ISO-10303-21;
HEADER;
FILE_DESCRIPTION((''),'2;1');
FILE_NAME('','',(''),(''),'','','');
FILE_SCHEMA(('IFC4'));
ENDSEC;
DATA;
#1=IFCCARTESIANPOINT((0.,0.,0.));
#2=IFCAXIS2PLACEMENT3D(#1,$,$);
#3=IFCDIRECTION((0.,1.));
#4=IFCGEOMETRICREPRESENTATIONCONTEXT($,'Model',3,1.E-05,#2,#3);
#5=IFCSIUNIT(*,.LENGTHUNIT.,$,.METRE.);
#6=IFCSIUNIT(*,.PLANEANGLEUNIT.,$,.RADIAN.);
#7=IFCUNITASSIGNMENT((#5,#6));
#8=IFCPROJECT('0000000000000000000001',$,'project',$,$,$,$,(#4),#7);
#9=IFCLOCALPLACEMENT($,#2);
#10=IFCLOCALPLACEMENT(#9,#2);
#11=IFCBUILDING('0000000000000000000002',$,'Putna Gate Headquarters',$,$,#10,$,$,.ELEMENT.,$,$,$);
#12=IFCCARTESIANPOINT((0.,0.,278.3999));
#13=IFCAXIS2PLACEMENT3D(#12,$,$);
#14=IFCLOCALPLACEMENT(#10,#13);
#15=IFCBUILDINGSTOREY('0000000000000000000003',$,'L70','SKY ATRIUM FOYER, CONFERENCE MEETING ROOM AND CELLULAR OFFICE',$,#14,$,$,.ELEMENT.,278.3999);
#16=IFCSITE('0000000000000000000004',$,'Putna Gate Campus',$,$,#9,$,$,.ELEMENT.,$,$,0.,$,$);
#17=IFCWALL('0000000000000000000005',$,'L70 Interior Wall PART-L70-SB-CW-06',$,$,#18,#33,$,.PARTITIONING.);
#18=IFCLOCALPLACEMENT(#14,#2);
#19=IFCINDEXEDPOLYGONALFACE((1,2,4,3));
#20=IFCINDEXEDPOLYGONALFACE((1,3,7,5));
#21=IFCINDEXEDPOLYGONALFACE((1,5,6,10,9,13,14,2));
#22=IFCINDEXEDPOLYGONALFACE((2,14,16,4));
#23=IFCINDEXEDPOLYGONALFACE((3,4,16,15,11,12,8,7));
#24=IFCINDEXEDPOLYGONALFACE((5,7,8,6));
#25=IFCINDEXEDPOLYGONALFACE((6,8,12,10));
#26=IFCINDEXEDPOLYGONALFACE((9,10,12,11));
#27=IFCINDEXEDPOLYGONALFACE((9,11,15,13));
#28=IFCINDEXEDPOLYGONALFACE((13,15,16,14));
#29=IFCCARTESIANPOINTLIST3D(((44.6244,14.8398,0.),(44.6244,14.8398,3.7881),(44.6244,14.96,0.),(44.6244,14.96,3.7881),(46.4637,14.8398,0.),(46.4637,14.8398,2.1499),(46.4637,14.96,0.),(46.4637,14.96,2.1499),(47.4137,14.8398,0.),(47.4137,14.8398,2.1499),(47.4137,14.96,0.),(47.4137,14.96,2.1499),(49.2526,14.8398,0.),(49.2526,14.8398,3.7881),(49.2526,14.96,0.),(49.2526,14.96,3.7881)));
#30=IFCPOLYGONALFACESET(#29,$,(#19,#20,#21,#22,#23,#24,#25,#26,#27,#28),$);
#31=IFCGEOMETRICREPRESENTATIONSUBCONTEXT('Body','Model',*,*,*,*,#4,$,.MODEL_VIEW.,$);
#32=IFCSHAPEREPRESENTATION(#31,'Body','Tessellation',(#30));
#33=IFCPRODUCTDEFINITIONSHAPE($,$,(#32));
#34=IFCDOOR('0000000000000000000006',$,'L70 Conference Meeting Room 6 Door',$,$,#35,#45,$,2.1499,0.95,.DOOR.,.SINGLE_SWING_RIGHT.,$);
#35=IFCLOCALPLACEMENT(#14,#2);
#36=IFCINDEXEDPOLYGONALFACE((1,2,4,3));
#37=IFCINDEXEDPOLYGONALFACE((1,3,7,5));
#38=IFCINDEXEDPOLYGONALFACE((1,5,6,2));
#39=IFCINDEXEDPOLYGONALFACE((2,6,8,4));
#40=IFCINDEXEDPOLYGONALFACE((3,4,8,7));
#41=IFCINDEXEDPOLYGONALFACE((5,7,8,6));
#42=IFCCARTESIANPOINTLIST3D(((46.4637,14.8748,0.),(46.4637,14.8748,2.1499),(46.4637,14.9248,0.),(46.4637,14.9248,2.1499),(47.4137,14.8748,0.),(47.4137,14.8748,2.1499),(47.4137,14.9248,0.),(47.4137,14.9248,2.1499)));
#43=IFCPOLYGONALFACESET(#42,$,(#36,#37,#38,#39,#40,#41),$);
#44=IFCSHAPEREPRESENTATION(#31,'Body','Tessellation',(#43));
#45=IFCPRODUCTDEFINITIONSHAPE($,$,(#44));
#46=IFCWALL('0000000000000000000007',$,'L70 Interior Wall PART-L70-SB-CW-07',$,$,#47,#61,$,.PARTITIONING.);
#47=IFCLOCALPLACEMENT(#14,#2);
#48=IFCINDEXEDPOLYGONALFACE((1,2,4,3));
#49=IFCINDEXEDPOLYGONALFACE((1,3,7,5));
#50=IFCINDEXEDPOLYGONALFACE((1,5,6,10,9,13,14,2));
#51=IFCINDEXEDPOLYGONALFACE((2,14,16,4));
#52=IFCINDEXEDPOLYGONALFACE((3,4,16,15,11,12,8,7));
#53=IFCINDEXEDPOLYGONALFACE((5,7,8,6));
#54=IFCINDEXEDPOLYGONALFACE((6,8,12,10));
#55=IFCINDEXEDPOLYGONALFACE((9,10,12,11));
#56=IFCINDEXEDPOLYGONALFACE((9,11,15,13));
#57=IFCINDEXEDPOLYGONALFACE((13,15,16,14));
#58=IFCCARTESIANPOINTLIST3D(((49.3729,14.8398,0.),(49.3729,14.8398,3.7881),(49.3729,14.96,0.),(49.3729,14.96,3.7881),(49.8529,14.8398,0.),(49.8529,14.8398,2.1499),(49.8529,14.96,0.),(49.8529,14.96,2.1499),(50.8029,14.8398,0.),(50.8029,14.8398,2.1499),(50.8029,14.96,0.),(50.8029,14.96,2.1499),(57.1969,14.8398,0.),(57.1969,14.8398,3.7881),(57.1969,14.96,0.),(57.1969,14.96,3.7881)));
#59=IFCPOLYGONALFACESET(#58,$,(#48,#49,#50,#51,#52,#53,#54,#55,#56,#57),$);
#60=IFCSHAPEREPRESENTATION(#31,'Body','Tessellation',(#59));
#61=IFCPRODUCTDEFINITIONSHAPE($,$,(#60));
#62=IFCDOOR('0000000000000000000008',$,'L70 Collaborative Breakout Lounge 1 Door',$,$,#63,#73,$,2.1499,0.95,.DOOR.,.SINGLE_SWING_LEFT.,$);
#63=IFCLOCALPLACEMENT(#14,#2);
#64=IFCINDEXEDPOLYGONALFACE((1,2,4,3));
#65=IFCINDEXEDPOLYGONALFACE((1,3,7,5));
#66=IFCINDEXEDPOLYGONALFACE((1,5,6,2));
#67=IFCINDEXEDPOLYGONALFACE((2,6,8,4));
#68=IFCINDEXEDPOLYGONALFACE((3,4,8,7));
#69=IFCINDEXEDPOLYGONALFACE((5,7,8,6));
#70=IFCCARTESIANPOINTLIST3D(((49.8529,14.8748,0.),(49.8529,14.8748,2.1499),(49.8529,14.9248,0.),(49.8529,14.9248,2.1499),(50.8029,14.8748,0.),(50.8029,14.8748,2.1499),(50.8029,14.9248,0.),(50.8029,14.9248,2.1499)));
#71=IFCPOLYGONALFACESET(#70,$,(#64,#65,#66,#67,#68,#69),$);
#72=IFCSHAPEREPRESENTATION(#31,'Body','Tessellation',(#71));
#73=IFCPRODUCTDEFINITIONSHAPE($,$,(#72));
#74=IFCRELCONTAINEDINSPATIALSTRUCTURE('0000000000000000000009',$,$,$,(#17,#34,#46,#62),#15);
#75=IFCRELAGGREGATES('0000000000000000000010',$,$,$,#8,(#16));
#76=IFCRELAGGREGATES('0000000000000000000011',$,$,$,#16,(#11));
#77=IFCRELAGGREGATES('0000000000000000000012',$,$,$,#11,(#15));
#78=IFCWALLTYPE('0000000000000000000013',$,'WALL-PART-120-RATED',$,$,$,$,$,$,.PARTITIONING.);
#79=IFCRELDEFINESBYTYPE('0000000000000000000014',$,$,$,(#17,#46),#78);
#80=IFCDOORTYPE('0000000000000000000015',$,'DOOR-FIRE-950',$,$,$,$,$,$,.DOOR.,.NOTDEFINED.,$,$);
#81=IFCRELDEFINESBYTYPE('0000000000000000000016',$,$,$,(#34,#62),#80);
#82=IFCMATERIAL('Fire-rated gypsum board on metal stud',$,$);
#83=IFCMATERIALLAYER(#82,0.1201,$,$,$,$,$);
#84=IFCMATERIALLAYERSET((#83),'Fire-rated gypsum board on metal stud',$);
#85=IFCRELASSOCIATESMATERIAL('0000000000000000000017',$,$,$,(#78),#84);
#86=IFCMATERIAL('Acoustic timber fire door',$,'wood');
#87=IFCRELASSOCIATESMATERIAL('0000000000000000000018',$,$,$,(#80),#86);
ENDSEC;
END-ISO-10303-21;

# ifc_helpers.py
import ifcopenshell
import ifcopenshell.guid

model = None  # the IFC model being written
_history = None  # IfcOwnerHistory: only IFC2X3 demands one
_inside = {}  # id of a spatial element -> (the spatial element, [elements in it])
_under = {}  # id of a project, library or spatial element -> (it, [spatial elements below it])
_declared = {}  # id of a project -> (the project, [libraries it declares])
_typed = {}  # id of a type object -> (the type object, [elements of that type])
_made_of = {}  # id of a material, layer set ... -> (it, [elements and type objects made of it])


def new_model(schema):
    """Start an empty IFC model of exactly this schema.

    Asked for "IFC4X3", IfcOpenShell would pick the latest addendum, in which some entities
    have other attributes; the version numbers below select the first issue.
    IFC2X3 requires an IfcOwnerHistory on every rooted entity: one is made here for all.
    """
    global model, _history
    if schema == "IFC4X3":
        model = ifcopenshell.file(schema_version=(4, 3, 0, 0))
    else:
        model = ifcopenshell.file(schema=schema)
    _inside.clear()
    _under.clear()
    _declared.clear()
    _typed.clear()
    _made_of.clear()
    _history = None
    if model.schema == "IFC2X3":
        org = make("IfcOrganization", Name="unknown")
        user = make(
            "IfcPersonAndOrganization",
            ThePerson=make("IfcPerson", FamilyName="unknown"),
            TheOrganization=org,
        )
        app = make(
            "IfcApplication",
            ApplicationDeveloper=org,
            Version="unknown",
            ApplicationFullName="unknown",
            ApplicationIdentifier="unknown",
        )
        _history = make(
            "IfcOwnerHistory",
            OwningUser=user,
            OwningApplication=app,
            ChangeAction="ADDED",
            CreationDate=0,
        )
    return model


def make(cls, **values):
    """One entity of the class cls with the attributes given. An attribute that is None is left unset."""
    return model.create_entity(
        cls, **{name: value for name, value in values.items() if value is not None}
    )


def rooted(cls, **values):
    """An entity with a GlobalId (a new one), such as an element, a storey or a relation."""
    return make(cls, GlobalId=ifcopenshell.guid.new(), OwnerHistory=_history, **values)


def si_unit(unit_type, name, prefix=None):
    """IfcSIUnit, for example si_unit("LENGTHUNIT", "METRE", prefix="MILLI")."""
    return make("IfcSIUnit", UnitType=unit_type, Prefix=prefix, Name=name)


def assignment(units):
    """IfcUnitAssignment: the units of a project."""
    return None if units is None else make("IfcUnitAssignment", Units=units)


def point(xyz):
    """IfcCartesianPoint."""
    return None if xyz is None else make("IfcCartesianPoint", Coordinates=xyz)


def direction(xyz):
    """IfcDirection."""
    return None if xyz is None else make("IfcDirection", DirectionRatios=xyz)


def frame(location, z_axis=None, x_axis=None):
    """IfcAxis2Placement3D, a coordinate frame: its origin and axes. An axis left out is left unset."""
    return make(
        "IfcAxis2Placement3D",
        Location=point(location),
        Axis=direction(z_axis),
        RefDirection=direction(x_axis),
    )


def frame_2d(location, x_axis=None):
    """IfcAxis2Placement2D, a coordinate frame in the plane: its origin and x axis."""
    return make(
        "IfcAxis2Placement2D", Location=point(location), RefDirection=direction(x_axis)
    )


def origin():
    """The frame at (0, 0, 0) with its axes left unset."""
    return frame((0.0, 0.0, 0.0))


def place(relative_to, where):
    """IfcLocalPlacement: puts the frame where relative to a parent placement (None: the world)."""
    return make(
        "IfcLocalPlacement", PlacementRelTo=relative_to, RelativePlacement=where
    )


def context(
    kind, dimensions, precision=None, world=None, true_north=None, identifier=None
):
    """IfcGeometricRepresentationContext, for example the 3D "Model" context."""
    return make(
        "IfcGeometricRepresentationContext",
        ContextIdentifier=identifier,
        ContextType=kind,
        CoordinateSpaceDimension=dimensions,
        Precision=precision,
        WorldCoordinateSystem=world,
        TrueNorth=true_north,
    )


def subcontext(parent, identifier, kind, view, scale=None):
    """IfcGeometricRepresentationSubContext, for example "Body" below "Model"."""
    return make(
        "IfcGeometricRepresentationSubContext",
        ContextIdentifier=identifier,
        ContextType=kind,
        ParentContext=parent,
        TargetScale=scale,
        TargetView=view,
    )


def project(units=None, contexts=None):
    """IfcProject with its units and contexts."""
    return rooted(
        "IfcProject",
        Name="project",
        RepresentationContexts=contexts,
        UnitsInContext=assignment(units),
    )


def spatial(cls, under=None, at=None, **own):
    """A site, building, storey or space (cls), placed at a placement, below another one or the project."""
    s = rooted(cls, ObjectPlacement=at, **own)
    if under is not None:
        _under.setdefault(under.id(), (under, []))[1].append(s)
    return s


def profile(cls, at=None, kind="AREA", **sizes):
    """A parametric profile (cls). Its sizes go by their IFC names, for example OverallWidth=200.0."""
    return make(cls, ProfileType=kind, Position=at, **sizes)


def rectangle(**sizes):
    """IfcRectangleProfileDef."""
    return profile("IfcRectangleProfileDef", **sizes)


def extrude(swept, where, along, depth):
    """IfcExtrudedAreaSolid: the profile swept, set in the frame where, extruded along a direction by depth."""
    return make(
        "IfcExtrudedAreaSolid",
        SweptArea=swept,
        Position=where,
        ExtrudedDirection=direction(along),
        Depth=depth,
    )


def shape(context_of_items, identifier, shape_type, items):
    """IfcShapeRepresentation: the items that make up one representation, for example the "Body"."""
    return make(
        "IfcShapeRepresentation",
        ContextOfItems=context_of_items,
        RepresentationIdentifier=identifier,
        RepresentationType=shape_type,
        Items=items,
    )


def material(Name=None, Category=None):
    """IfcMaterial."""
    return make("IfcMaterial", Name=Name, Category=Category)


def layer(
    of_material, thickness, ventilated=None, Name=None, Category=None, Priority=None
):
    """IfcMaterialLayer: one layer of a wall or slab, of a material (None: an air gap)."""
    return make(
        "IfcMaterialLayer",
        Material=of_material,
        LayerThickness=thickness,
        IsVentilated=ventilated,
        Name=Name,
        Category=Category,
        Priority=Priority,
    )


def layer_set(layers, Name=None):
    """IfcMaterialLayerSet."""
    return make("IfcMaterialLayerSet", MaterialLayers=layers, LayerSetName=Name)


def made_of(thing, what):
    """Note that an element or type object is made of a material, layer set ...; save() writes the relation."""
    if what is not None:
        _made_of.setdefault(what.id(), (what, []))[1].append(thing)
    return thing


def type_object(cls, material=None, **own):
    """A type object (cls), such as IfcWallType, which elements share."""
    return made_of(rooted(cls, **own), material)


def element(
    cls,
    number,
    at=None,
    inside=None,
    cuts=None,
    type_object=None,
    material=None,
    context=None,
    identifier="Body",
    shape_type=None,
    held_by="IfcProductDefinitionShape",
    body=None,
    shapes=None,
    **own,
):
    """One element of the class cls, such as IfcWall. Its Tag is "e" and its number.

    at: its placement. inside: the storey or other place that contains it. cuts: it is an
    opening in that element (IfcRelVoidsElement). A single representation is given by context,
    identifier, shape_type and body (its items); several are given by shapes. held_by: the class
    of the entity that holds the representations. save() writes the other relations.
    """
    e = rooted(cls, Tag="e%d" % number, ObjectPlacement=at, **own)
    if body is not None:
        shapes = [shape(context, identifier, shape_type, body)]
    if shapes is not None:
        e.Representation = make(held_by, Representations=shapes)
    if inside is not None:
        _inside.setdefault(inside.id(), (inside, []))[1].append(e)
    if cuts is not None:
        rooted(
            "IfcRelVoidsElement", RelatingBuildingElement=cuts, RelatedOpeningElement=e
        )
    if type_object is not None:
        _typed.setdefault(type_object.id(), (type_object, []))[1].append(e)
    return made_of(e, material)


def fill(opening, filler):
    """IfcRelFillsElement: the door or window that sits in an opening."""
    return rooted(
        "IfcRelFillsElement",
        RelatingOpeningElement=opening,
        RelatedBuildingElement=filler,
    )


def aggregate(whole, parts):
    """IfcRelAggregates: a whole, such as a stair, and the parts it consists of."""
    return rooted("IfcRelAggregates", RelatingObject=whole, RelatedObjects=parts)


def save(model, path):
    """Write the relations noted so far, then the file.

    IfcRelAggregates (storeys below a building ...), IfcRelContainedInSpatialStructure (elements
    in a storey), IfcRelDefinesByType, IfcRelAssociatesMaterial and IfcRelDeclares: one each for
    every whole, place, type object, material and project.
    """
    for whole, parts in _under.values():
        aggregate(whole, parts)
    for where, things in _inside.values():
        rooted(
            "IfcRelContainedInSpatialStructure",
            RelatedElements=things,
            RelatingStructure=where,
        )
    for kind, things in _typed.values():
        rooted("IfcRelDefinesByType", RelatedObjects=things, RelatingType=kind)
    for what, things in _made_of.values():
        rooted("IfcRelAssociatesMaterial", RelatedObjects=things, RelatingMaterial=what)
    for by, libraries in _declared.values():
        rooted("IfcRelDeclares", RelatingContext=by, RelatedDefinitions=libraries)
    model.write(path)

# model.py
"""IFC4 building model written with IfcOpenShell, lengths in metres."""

from ifc_helpers import new_model, si_unit, direction, frame, frame_2d, origin, place, context, subcontext, project, spatial, rectangle, extrude, material, layer, layer_set, type_object, element, fill, save


model = new_model("IFC4")

# Units and contexts
model_context = context("Model", 3, precision=1e-05, world=origin(), true_north=direction((0.0, 1.0)))
body_context = subcontext(model_context, "Body", "Model", "MODEL_VIEW")
ifc_project = project(units=[si_unit("LENGTHUNIT", "METRE"), si_unit("PLANEANGLEUNIT", "RADIAN")], contexts=[model_context])

# Site, building, storey
site_placement = place(None, origin())
site = spatial("IfcSite", under=ifc_project, at=site_placement, Name="Putna Gate Campus", CompositionType="ELEMENT", RefElevation=0.0)
building_placement = place(site_placement, origin())
building = spatial("IfcBuilding", under=site, at=building_placement, Name="Putna Gate Headquarters", CompositionType="ELEMENT")
storey_placement = place(building_placement, frame((0.0, 0.0, 278.3999)))
storey = spatial("IfcBuildingStorey", under=building, at=storey_placement, Name="L70", Description="SKY ATRIUM FOYER, CONFERENCE MEETING ROOM AND CELLULAR OFFICE", CompositionType="ELEMENT", Elevation=278.3999)

# Walls, openings, doors
ifc_material_1 = material(Name="Fire-rated gypsum board on metal stud")
ifc_layer_1 = layer(ifc_material_1, 0.1201)
ifc_layer_set_1 = layer_set([ifc_layer_1], Name="Fire-rated gypsum board on metal stud")
wall_type_1 = type_object("IfcWallType", Name="WALL-PART-120-RATED", PredefinedType="PARTITIONING", material=ifc_layer_set_1)
wall_1_placement = place(storey_placement, frame((44.6245, 14.8999, 0.0), z_axis=(0.0, 0.0, 1.0), x_axis=(1.0, 0.0, 0.0)))
wall_1 = element("IfcWall", 1, at=wall_1_placement, inside=storey, type_object=wall_type_1, Name="L70 Interior Wall PART-L70-SB-CW-06", PredefinedType="PARTITIONING", context=body_context, shape_type="SweptSolid", body=[
    extrude(rectangle(XDim=4.6282, YDim=0.1201, at=frame_2d((2.314, 0.0))), origin(), (0.0, 0.0, 1.0), 3.7881),
])
opening_1_placement = place(wall_1_placement, frame((1.8391, 0.0, 0.0)))
opening_1 = element("IfcOpeningElement", 2, at=opening_1_placement, cuts=wall_1, PredefinedType="OPENING", context=body_context, shape_type="SweptSolid", body=[
    extrude(rectangle(XDim=0.95, YDim=2.1499, at=frame_2d((0.4751, 1.075))), frame((0.0, 0.0701, 0.0), z_axis=(0.0, -1.0, 0.0), x_axis=(1.0, 0.0, 0.0)), (0.0, 0.0, 1.0), 0.1401),
])
ifc_material_2 = material(Name="Acoustic timber fire door", Category="wood")
door_type = type_object("IfcDoorType", Name="DOOR-FIRE-950", OperationType="NOTDEFINED", PredefinedType="DOOR", material=ifc_material_2)
door_1_placement = place(opening_1_placement, origin())
door_1 = element("IfcDoor", 3, at=door_1_placement, inside=storey, type_object=door_type, Name="L70 Conference Meeting Room 6 Door", OperationType="SINGLE_SWING_RIGHT", OverallHeight=2.1499, OverallWidth=0.95, PredefinedType="DOOR", context=body_context, shape_type="SweptSolid", body=[
    extrude(rectangle(XDim=0.95, YDim=2.1499, at=frame_2d((0.4751, 1.075))), frame((0.0, 0.0249, 0.0), z_axis=(0.0, -1.0, 0.0), x_axis=(1.0, 0.0, 0.0)), (0.0, 0.0, 1.0), 0.05),
])
fill(opening_1, door_1)
wall_2_placement = place(storey_placement, frame((49.3728, 14.8999, 0.0), z_axis=(0.0, 0.0, 1.0), x_axis=(1.0, 0.0, 0.0)))
wall_2 = element("IfcWall", 4, at=wall_2_placement, inside=storey, type_object=wall_type_1, Name="L70 Interior Wall PART-L70-SB-CW-07", PredefinedType="PARTITIONING", context=body_context, shape_type="SweptSolid", body=[
    extrude(rectangle(XDim=7.824, YDim=0.1201, at=frame_2d((3.9121, 0.0))), origin(), (0.0, 0.0, 1.0), 3.7881),
])
opening_2_placement = place(wall_2_placement, frame((0.48, 0.0, 0.0)))
opening_2 = element("IfcOpeningElement", 5, at=opening_2_placement, cuts=wall_2, PredefinedType="OPENING", context=body_context, shape_type="SweptSolid", body=[
    extrude(rectangle(XDim=0.95, YDim=2.1499, at=frame_2d((0.4751, 1.075))), frame((0.0, 0.0701, 0.0), z_axis=(0.0, -1.0, 0.0), x_axis=(1.0, 0.0, 0.0)), (0.0, 0.0, 1.0), 0.1401),
])
door_2_placement = place(opening_2_placement, origin())
door_2 = element("IfcDoor", 6, at=door_2_placement, inside=storey, type_object=door_type, Name="L70 Collaborative Breakout Lounge 1 Door", OperationType="SINGLE_SWING_LEFT", OverallHeight=2.1499, OverallWidth=0.95, PredefinedType="DOOR", context=body_context, shape_type="SweptSolid", body=[
    extrude(rectangle(XDim=0.95, YDim=2.1499, at=frame_2d((0.4751, 1.075))), frame((0.0, 0.0249, 0.0), z_axis=(0.0, -1.0, 0.0), x_axis=(1.0, 0.0, 0.0)), (0.0, 0.0, 1.0), 0.05),
])
fill(opening_2, door_2)

save(model, "model.ifc")
